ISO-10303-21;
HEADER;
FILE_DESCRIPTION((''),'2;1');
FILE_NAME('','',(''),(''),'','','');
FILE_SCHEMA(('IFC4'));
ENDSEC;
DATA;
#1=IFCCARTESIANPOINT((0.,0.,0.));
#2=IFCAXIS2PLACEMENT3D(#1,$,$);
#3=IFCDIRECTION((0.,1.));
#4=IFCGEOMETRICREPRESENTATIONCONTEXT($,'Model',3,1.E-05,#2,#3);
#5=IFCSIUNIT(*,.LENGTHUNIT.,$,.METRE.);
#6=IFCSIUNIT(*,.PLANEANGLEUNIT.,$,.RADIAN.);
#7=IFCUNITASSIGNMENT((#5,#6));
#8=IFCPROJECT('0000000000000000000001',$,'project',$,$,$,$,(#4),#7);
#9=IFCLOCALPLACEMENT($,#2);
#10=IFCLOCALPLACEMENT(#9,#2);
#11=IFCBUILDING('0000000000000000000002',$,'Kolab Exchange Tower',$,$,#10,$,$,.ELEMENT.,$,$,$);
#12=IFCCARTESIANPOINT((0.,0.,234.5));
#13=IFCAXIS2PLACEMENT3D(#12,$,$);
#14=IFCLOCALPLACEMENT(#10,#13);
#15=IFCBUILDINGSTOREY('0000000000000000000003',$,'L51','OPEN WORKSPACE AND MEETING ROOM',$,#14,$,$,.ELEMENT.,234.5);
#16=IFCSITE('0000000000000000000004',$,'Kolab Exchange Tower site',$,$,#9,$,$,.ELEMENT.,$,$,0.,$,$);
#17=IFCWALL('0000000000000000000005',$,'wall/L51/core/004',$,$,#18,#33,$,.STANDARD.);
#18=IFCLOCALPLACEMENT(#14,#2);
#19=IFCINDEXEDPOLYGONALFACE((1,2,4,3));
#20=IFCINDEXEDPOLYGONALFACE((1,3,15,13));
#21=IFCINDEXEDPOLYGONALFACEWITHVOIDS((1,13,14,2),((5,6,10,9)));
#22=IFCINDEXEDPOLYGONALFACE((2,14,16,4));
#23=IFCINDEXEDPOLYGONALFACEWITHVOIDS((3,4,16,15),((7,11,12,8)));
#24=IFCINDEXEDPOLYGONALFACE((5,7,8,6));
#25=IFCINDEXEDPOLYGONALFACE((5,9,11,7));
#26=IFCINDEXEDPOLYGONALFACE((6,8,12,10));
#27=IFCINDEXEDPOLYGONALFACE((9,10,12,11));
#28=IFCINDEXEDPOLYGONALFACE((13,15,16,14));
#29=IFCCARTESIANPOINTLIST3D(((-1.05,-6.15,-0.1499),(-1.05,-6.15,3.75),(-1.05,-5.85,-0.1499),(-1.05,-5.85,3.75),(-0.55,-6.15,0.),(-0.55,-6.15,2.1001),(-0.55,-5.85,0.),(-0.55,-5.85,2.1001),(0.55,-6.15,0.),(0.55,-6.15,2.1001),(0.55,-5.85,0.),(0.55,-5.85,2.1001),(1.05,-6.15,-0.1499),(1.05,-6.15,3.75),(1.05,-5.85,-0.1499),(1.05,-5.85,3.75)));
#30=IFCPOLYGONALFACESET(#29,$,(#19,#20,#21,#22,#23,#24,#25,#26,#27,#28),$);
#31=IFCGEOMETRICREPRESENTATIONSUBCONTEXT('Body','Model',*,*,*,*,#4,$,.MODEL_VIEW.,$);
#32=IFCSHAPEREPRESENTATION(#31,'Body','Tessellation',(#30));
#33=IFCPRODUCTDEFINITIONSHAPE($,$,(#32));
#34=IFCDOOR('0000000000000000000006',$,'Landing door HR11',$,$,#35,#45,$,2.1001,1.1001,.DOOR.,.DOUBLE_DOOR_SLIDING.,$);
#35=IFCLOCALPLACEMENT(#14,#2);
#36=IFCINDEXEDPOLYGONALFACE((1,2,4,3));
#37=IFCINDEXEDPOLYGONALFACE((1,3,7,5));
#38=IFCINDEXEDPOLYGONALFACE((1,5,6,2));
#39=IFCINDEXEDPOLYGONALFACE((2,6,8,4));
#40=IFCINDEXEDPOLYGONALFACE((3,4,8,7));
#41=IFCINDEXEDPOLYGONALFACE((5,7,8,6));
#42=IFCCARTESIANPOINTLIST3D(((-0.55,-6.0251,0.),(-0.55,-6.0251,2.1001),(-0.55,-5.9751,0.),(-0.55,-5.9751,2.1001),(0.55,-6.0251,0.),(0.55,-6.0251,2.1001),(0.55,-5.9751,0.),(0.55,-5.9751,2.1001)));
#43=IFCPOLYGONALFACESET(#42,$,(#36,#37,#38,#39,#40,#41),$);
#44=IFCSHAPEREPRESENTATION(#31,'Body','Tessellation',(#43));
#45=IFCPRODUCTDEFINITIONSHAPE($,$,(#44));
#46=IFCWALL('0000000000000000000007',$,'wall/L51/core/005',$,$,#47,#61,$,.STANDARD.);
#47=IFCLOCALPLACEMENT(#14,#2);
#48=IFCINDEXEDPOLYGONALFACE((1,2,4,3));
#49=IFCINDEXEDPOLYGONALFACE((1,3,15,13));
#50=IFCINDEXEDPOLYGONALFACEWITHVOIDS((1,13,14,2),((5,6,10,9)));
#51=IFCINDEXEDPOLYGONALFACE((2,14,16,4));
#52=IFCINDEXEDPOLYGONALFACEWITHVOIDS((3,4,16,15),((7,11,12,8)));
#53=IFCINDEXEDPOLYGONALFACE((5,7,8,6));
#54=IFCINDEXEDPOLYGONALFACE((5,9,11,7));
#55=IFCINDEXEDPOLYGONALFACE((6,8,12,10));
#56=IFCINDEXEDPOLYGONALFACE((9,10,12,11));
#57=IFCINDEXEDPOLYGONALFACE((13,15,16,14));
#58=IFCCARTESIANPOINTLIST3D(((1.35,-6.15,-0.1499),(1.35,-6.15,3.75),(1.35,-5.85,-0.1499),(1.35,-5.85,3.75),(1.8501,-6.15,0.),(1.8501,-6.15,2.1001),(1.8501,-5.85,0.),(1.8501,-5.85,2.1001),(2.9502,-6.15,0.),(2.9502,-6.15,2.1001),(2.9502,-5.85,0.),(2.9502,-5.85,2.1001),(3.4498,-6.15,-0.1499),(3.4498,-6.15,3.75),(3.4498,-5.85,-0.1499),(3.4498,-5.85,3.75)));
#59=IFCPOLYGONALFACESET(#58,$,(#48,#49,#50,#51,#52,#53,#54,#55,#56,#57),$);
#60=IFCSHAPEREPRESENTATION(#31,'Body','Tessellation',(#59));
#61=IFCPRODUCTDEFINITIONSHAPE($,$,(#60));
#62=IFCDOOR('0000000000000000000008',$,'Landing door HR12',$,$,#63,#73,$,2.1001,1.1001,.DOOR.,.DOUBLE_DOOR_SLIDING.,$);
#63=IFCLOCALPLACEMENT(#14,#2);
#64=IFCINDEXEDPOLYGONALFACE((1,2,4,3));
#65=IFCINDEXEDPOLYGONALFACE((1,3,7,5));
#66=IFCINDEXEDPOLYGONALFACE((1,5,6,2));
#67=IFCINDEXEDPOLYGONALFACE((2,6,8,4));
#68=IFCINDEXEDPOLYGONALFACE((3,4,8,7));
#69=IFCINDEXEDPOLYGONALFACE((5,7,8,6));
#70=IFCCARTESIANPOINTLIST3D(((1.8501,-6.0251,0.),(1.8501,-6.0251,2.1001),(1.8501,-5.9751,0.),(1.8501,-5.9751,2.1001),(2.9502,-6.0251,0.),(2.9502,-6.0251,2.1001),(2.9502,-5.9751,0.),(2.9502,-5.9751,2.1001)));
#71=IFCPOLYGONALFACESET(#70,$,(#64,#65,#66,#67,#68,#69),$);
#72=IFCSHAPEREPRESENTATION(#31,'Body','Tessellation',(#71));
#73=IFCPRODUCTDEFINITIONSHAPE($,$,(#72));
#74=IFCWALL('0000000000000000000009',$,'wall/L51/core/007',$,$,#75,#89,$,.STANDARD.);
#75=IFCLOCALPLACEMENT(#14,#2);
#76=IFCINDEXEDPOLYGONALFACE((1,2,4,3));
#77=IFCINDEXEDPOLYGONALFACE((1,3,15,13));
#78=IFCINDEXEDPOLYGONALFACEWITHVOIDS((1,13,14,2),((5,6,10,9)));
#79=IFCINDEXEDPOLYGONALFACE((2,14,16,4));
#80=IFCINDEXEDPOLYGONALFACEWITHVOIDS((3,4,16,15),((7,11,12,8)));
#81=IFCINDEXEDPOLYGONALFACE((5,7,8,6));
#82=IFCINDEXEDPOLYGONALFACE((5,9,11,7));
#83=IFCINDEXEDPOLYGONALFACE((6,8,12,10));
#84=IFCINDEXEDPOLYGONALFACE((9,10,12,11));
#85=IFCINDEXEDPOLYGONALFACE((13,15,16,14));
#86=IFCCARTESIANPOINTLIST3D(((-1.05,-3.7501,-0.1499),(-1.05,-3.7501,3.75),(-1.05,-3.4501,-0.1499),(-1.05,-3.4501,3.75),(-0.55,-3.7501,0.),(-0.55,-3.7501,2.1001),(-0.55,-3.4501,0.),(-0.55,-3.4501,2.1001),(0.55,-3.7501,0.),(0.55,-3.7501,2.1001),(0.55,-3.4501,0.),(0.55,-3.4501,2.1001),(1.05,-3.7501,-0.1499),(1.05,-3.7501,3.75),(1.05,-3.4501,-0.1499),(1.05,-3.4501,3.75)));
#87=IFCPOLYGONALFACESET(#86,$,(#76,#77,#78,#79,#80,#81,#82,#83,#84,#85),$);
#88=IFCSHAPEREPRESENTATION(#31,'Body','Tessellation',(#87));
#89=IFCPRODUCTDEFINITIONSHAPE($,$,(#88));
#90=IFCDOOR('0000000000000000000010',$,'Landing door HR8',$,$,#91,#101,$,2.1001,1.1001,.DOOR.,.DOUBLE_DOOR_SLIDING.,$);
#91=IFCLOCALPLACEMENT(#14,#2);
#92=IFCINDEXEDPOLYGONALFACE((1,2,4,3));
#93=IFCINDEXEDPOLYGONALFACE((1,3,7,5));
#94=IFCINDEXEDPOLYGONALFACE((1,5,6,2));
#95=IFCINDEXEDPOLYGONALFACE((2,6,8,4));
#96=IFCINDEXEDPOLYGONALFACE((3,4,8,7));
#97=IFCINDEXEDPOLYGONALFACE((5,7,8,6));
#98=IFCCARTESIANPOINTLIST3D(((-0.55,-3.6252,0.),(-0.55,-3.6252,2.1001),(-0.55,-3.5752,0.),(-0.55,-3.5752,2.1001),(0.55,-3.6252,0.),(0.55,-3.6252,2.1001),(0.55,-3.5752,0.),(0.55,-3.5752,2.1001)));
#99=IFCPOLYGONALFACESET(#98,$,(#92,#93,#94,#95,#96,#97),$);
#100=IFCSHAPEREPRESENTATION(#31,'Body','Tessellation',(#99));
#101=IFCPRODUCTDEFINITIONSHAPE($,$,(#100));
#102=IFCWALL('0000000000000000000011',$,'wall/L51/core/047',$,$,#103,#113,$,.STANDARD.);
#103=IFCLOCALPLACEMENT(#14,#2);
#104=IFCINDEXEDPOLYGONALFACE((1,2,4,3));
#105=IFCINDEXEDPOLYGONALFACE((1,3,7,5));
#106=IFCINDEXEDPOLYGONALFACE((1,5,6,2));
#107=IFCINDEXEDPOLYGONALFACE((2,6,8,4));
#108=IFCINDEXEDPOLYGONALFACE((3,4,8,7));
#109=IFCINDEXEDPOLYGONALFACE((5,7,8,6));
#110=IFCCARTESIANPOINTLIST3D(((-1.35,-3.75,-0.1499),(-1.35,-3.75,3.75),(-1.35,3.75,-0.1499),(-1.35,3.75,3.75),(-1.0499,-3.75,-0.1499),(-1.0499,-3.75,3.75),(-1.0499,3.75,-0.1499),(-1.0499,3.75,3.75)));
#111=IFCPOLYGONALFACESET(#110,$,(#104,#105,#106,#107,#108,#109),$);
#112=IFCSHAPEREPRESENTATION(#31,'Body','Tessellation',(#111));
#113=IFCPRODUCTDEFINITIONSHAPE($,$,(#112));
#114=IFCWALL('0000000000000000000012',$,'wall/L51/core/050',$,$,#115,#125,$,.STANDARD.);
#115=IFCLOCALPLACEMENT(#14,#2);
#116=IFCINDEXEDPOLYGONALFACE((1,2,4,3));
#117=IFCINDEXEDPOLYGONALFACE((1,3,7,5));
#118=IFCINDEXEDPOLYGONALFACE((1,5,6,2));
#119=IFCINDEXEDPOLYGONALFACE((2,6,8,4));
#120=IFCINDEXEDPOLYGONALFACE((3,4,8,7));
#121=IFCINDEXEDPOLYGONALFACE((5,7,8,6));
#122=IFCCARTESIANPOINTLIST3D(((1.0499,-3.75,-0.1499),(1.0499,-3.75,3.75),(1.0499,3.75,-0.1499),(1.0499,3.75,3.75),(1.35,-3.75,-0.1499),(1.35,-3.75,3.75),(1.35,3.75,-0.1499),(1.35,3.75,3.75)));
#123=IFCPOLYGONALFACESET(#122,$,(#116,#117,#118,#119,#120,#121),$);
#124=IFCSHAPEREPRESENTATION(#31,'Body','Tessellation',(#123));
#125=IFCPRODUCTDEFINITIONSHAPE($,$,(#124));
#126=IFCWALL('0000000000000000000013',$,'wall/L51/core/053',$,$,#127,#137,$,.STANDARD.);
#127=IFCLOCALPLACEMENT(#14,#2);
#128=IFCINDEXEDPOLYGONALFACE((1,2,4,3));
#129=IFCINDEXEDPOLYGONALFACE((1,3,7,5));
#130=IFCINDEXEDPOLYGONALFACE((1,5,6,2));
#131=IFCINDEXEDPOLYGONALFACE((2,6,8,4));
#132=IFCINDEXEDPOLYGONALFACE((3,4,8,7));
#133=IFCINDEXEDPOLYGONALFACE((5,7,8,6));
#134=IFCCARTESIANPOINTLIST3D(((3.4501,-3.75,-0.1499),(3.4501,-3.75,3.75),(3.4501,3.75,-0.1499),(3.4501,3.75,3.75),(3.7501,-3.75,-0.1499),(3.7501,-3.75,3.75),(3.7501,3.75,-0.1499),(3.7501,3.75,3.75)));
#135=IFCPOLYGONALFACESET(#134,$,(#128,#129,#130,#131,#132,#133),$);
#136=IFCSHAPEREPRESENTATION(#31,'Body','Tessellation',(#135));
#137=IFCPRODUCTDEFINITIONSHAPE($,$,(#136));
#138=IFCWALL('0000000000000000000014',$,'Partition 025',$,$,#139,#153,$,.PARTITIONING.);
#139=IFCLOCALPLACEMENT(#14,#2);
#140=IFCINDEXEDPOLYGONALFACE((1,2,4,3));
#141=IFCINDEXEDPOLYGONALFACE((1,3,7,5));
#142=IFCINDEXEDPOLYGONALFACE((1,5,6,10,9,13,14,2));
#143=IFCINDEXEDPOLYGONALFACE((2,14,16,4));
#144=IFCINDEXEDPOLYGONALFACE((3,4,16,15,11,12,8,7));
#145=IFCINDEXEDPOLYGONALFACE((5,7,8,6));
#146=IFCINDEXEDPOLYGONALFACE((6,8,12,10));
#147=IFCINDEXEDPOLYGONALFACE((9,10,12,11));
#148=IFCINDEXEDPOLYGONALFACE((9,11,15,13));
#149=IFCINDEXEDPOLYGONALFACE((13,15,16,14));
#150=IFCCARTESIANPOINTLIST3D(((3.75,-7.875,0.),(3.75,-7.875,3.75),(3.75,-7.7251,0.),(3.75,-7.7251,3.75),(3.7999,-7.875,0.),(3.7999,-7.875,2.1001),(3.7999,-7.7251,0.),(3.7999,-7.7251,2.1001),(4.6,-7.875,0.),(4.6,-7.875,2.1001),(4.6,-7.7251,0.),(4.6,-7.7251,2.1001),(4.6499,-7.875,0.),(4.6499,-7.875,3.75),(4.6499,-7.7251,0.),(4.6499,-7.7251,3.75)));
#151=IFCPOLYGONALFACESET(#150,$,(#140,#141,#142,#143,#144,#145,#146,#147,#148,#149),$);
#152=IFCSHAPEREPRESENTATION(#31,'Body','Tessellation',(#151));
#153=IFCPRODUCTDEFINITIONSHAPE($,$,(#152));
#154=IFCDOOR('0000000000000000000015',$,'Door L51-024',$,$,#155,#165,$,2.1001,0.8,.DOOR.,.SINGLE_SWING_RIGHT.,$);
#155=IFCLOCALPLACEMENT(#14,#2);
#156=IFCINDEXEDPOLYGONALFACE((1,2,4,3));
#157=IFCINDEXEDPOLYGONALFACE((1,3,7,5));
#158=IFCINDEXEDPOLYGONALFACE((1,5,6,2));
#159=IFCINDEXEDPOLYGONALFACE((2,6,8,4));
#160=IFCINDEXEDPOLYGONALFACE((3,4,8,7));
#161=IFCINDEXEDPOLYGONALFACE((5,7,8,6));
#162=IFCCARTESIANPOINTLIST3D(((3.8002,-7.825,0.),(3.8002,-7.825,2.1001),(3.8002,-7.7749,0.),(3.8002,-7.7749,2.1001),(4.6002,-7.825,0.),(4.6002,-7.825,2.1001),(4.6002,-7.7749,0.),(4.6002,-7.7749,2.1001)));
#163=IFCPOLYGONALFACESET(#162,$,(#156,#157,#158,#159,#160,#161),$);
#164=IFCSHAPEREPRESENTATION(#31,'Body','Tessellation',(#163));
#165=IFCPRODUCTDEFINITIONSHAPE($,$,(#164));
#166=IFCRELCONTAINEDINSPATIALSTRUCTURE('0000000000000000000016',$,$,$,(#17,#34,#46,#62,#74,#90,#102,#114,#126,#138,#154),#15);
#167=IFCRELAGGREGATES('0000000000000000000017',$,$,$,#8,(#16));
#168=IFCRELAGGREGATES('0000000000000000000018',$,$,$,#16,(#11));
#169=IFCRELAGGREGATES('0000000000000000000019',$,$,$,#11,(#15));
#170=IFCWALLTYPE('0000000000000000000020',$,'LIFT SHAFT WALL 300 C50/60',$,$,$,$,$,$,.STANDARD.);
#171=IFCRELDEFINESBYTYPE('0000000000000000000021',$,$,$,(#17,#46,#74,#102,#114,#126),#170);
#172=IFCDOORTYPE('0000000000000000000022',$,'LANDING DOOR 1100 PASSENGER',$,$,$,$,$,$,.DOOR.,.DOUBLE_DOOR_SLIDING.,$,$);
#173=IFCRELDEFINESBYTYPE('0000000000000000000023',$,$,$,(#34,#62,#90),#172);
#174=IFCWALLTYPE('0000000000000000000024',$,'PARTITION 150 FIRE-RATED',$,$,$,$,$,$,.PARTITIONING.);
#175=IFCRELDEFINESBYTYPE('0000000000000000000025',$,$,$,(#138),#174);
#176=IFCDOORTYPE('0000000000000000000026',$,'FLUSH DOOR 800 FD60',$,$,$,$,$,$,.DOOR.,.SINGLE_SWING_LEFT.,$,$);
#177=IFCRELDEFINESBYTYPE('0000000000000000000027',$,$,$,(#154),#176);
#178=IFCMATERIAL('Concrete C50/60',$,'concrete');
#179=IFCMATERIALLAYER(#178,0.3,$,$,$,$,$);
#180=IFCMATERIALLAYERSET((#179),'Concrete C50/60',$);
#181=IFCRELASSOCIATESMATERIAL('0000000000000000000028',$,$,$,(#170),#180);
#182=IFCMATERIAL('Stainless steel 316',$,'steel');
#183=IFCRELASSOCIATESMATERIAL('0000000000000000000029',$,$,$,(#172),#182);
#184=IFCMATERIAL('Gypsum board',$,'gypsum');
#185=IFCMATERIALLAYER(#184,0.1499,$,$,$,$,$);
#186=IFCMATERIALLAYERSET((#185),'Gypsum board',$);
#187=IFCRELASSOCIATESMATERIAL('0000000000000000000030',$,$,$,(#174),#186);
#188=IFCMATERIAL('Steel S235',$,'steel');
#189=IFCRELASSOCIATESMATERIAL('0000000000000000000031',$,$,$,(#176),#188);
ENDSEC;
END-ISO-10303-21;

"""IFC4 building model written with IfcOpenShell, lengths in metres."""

from ifc_helpers import new_model, si_unit, direction, frame, frame_2d, origin, place, context, subcontext, project, spatial, rectangle, extrude, material, layer, layer_set, type_object, element, fill, save


model = new_model("IFC4")

# Units and contexts
model_context = context("Model", 3, precision=1e-05, world=origin(), true_north=direction((0.0, 1.0)))
body_context = subcontext(model_context, "Body", "Model", "MODEL_VIEW")
ifc_project = project(units=[si_unit("LENGTHUNIT", "METRE"), si_unit("PLANEANGLEUNIT", "RADIAN")], contexts=[model_context])

# Site, building, storey
site_placement = place(None, origin())
site = spatial("IfcSite", under=ifc_project, at=site_placement, Name="Kolab Exchange Tower site", CompositionType="ELEMENT", RefElevation=0.0)
building_placement = place(site_placement, origin())
building = spatial("IfcBuilding", under=site, at=building_placement, Name="Kolab Exchange Tower", CompositionType="ELEMENT")
storey_placement = place(building_placement, frame((0.0, 0.0, 234.5)))
storey = spatial("IfcBuildingStorey", under=building, at=storey_placement, Name="L51", Description="OPEN WORKSPACE AND MEETING ROOM", CompositionType="ELEMENT", Elevation=234.5)

# Walls, openings, doors
ifc_material_1 = material(Name="Concrete C50/60", Category="concrete")
ifc_layer_1 = layer(ifc_material_1, 0.3)
ifc_layer_set_1 = layer_set([ifc_layer_1], Name="Concrete C50/60")
wall_type_1 = type_object("IfcWallType", Name="LIFT SHAFT WALL 300 C50/60", PredefinedType="STANDARD", material=ifc_layer_set_1)
wall_1_placement = place(storey_placement, frame((-1.05, -6.0, -0.1499), z_axis=(0.0, 0.0, 1.0), x_axis=(1.0, 0.0, 0.0)))
wall_1 = element("IfcWall", 1, at=wall_1_placement, inside=storey, type_object=wall_type_1, Name="wall/L51/core/004", PredefinedType="STANDARD", context=body_context, shape_type="SweptSolid", body=[
    extrude(rectangle(XDim=2.1001, YDim=0.3, at=frame_2d((1.05, 0.0))), origin(), (0.0, 0.0, 1.0), 3.8999),
])
opening_1_placement = place(wall_1_placement, frame((0.5, 0.0, 0.1499)))
opening_1 = element("IfcOpeningElement", 2, at=opening_1_placement, cuts=wall_1, PredefinedType="OPENING", context=body_context, shape_type="SweptSolid", body=[
    extrude(rectangle(XDim=1.1001, YDim=2.1001, at=frame_2d((0.55, 1.05))), frame((0.0, 0.1602, 0.0), z_axis=(0.0, -1.0, 0.0), x_axis=(1.0, 0.0, 0.0)), (0.0, 0.0, 1.0), 0.3201),
])
ifc_material_2 = material(Name="Stainless steel 316", Category="steel")
door_type_1 = type_object("IfcDoorType", Name="LANDING DOOR 1100 PASSENGER", OperationType="DOUBLE_DOOR_SLIDING", PredefinedType="DOOR", material=ifc_material_2)
door_1_placement = place(opening_1_placement, origin())
door_1 = element("IfcDoor", 3, at=door_1_placement, inside=storey, type_object=door_type_1, Name="Landing door HR11", OperationType="DOUBLE_DOOR_SLIDING", OverallHeight=2.1001, OverallWidth=1.1001, PredefinedType="DOOR", context=body_context, shape_type="SweptSolid", body=[
    extrude(rectangle(XDim=1.1001, YDim=2.1001, at=frame_2d((0.55, 1.05))), frame((0.0, 0.0249, 0.0), z_axis=(0.0, -1.0, 0.0), x_axis=(1.0, 0.0, 0.0)), (0.0, 0.0, 1.0), 0.05),
])
fill(opening_1, door_1)
wall_2_placement = place(storey_placement, frame((1.3501, -6.0, -0.1499), z_axis=(0.0, 0.0, 1.0), x_axis=(1.0, 0.0, 0.0)))
wall_2 = element("IfcWall", 4, at=wall_2_placement, inside=storey, type_object=wall_type_1, Name="wall/L51/core/005", PredefinedType="STANDARD", context=body_context, shape_type="SweptSolid", body=[
    extrude(rectangle(XDim=2.0999, YDim=0.3, at=frame_2d((1.0498, 0.0))), origin(), (0.0, 0.0, 1.0), 3.8999),
])
opening_2_placement = place(wall_2_placement, frame((0.5, 0.0, 0.1499)))
opening_2 = element("IfcOpeningElement", 5, at=opening_2_placement, cuts=wall_2, PredefinedType="OPENING", context=body_context, shape_type="SweptSolid", body=[
    extrude(rectangle(XDim=1.1001, YDim=2.1001, at=frame_2d((0.55, 1.05))), frame((0.0, 0.1602, 0.0), z_axis=(0.0, -1.0, 0.0), x_axis=(1.0, 0.0, 0.0)), (0.0, 0.0, 1.0), 0.3201),
])
door_2_placement = place(opening_2_placement, origin())
door_2 = element("IfcDoor", 6, at=door_2_placement, inside=storey, type_object=door_type_1, Name="Landing door HR12", OperationType="DOUBLE_DOOR_SLIDING", OverallHeight=2.1001, OverallWidth=1.1001, PredefinedType="DOOR", context=body_context, shape_type="SweptSolid", body=[
    extrude(rectangle(XDim=1.1001, YDim=2.1001, at=frame_2d((0.55, 1.05))), frame((0.0, 0.0249, 0.0), z_axis=(0.0, -1.0, 0.0), x_axis=(1.0, 0.0, 0.0)), (0.0, 0.0, 1.0), 0.05),
])
fill(opening_2, door_2)
wall_3_placement = place(storey_placement, frame((-1.05, -3.6001, -0.1499), z_axis=(0.0, 0.0, 1.0), x_axis=(1.0, 0.0, 0.0)))
wall_3 = element("IfcWall", 7, at=wall_3_placement, inside=storey, type_object=wall_type_1, Name="wall/L51/core/007", PredefinedType="STANDARD", context=body_context, shape_type="SweptSolid", body=[
    extrude(rectangle(XDim=2.1001, YDim=0.3, at=frame_2d((1.05, 0.0))), origin(), (0.0, 0.0, 1.0), 3.8999),
])
opening_3_placement = place(wall_3_placement, frame((0.5, 0.0, 0.1499)))
opening_3 = element("IfcOpeningElement", 8, at=opening_3_placement, cuts=wall_3, PredefinedType="OPENING", context=body_context, shape_type="SweptSolid", body=[
    extrude(rectangle(XDim=1.1001, YDim=2.1001, at=frame_2d((0.55, 1.05))), frame((0.0, 0.1602, 0.0), z_axis=(0.0, -1.0, 0.0), x_axis=(1.0, 0.0, 0.0)), (0.0, 0.0, 1.0), 0.3201),
])
door_3_placement = place(opening_3_placement, origin())
door_3 = element("IfcDoor", 9, at=door_3_placement, inside=storey, type_object=door_type_1, Name="Landing door HR8", OperationType="DOUBLE_DOOR_SLIDING", OverallHeight=2.1001, OverallWidth=1.1001, PredefinedType="DOOR", context=body_context, shape_type="SweptSolid", body=[
    extrude(rectangle(XDim=1.1001, YDim=2.1001, at=frame_2d((0.55, 1.05))), frame((0.0, 0.0249, 0.0), z_axis=(0.0, -1.0, 0.0), x_axis=(1.0, 0.0, 0.0)), (0.0, 0.0, 1.0), 0.05),
])
fill(opening_3, door_3)

# Walls
for number, where, z_axis, x_axis, name in (
    (10, (-1.2, -3.75, -0.1499), (0.0, 0.0, 1.0), (0.0, 1.0, 0.0), "wall/L51/core/047"),
    (11, (1.2, -3.75, -0.1499), (0.0, 0.0, 1.0), (0.0, 1.0, 0.0), "wall/L51/core/050"),
    (12, (3.6001, -3.75, -0.1499), (0.0, 0.0, 1.0), (0.0, 1.0, 0.0), "wall/L51/core/053"),
):
    element("IfcWall", number, at=place(storey_placement, frame(where, z_axis=z_axis, x_axis=x_axis)), inside=storey, type_object=wall_type_1, Name=name, PredefinedType="STANDARD", context=body_context, shape_type="SweptSolid", body=[
        extrude(rectangle(XDim=7.5, YDim=0.3, at=frame_2d((3.75, 0.0))), origin(), (0.0, 0.0, 1.0), 3.8999),
    ])

# Wall, opening, door
ifc_material_3 = material(Name="Gypsum board", Category="gypsum")
ifc_layer_2 = layer(ifc_material_3, 0.1499)
ifc_layer_set_2 = layer_set([ifc_layer_2], Name="Gypsum board")
wall_type_2 = type_object("IfcWallType", Name="PARTITION 150 FIRE-RATED", PredefinedType="PARTITIONING", material=ifc_layer_set_2)
wall_4_placement = place(storey_placement, frame((3.75, -7.8, 0.0), z_axis=(0.0, 0.0, 1.0), x_axis=(1.0, 0.0, 0.0)))
wall_4 = element("IfcWall", 13, at=wall_4_placement, inside=storey, type_object=wall_type_2, Name="Partition 025", PredefinedType="PARTITIONING", context=body_context, shape_type="SweptSolid", body=[
    extrude(rectangle(XDim=0.8999, YDim=0.1499, at=frame_2d((0.45, 0.0))), origin(), (0.0, 0.0, 1.0), 3.75),
])
opening_4_placement = place(wall_4_placement, frame((0.05, 0.0, 0.0)))
opening_4 = element("IfcOpeningElement", 14, at=opening_4_placement, cuts=wall_4, PredefinedType="OPENING", context=body_context, shape_type="SweptSolid", body=[
    extrude(rectangle(XDim=0.8, YDim=2.1001, at=frame_2d((0.3999, 1.05))), frame((0.0, 0.085, 0.0), z_axis=(0.0, -1.0, 0.0), x_axis=(1.0, 0.0, 0.0)), (0.0, 0.0, 1.0), 0.1699),
])
ifc_material_4 = material(Name="Steel S235", Category="steel")
door_type_2 = type_object("IfcDoorType", Name="FLUSH DOOR 800 FD60", OperationType="SINGLE_SWING_LEFT", PredefinedType="DOOR", material=ifc_material_4)
door_4_placement = place(opening_4_placement, frame((0.8, 0.0, 0.0), z_axis=(0.0, 0.0, 1.0), x_axis=(-1.0, 0.0, 0.0)))
door_4 = element("IfcDoor", 15, at=door_4_placement, inside=storey, type_object=door_type_2, Name="Door L51-024", OperationType="SINGLE_SWING_RIGHT", OverallHeight=2.1001, OverallWidth=0.8, PredefinedType="DOOR", context=body_context, shape_type="SweptSolid", body=[
    extrude(rectangle(XDim=0.8, YDim=2.1001, at=frame_2d((0.3999, 1.05))), frame((0.0, 0.0249, 0.0), z_axis=(0.0, -1.0, 0.0), x_axis=(1.0, 0.0, 0.0)), (0.0, 0.0, 1.0), 0.05),
])
fill(opening_4, door_4)

save(model, "model.ifc")
